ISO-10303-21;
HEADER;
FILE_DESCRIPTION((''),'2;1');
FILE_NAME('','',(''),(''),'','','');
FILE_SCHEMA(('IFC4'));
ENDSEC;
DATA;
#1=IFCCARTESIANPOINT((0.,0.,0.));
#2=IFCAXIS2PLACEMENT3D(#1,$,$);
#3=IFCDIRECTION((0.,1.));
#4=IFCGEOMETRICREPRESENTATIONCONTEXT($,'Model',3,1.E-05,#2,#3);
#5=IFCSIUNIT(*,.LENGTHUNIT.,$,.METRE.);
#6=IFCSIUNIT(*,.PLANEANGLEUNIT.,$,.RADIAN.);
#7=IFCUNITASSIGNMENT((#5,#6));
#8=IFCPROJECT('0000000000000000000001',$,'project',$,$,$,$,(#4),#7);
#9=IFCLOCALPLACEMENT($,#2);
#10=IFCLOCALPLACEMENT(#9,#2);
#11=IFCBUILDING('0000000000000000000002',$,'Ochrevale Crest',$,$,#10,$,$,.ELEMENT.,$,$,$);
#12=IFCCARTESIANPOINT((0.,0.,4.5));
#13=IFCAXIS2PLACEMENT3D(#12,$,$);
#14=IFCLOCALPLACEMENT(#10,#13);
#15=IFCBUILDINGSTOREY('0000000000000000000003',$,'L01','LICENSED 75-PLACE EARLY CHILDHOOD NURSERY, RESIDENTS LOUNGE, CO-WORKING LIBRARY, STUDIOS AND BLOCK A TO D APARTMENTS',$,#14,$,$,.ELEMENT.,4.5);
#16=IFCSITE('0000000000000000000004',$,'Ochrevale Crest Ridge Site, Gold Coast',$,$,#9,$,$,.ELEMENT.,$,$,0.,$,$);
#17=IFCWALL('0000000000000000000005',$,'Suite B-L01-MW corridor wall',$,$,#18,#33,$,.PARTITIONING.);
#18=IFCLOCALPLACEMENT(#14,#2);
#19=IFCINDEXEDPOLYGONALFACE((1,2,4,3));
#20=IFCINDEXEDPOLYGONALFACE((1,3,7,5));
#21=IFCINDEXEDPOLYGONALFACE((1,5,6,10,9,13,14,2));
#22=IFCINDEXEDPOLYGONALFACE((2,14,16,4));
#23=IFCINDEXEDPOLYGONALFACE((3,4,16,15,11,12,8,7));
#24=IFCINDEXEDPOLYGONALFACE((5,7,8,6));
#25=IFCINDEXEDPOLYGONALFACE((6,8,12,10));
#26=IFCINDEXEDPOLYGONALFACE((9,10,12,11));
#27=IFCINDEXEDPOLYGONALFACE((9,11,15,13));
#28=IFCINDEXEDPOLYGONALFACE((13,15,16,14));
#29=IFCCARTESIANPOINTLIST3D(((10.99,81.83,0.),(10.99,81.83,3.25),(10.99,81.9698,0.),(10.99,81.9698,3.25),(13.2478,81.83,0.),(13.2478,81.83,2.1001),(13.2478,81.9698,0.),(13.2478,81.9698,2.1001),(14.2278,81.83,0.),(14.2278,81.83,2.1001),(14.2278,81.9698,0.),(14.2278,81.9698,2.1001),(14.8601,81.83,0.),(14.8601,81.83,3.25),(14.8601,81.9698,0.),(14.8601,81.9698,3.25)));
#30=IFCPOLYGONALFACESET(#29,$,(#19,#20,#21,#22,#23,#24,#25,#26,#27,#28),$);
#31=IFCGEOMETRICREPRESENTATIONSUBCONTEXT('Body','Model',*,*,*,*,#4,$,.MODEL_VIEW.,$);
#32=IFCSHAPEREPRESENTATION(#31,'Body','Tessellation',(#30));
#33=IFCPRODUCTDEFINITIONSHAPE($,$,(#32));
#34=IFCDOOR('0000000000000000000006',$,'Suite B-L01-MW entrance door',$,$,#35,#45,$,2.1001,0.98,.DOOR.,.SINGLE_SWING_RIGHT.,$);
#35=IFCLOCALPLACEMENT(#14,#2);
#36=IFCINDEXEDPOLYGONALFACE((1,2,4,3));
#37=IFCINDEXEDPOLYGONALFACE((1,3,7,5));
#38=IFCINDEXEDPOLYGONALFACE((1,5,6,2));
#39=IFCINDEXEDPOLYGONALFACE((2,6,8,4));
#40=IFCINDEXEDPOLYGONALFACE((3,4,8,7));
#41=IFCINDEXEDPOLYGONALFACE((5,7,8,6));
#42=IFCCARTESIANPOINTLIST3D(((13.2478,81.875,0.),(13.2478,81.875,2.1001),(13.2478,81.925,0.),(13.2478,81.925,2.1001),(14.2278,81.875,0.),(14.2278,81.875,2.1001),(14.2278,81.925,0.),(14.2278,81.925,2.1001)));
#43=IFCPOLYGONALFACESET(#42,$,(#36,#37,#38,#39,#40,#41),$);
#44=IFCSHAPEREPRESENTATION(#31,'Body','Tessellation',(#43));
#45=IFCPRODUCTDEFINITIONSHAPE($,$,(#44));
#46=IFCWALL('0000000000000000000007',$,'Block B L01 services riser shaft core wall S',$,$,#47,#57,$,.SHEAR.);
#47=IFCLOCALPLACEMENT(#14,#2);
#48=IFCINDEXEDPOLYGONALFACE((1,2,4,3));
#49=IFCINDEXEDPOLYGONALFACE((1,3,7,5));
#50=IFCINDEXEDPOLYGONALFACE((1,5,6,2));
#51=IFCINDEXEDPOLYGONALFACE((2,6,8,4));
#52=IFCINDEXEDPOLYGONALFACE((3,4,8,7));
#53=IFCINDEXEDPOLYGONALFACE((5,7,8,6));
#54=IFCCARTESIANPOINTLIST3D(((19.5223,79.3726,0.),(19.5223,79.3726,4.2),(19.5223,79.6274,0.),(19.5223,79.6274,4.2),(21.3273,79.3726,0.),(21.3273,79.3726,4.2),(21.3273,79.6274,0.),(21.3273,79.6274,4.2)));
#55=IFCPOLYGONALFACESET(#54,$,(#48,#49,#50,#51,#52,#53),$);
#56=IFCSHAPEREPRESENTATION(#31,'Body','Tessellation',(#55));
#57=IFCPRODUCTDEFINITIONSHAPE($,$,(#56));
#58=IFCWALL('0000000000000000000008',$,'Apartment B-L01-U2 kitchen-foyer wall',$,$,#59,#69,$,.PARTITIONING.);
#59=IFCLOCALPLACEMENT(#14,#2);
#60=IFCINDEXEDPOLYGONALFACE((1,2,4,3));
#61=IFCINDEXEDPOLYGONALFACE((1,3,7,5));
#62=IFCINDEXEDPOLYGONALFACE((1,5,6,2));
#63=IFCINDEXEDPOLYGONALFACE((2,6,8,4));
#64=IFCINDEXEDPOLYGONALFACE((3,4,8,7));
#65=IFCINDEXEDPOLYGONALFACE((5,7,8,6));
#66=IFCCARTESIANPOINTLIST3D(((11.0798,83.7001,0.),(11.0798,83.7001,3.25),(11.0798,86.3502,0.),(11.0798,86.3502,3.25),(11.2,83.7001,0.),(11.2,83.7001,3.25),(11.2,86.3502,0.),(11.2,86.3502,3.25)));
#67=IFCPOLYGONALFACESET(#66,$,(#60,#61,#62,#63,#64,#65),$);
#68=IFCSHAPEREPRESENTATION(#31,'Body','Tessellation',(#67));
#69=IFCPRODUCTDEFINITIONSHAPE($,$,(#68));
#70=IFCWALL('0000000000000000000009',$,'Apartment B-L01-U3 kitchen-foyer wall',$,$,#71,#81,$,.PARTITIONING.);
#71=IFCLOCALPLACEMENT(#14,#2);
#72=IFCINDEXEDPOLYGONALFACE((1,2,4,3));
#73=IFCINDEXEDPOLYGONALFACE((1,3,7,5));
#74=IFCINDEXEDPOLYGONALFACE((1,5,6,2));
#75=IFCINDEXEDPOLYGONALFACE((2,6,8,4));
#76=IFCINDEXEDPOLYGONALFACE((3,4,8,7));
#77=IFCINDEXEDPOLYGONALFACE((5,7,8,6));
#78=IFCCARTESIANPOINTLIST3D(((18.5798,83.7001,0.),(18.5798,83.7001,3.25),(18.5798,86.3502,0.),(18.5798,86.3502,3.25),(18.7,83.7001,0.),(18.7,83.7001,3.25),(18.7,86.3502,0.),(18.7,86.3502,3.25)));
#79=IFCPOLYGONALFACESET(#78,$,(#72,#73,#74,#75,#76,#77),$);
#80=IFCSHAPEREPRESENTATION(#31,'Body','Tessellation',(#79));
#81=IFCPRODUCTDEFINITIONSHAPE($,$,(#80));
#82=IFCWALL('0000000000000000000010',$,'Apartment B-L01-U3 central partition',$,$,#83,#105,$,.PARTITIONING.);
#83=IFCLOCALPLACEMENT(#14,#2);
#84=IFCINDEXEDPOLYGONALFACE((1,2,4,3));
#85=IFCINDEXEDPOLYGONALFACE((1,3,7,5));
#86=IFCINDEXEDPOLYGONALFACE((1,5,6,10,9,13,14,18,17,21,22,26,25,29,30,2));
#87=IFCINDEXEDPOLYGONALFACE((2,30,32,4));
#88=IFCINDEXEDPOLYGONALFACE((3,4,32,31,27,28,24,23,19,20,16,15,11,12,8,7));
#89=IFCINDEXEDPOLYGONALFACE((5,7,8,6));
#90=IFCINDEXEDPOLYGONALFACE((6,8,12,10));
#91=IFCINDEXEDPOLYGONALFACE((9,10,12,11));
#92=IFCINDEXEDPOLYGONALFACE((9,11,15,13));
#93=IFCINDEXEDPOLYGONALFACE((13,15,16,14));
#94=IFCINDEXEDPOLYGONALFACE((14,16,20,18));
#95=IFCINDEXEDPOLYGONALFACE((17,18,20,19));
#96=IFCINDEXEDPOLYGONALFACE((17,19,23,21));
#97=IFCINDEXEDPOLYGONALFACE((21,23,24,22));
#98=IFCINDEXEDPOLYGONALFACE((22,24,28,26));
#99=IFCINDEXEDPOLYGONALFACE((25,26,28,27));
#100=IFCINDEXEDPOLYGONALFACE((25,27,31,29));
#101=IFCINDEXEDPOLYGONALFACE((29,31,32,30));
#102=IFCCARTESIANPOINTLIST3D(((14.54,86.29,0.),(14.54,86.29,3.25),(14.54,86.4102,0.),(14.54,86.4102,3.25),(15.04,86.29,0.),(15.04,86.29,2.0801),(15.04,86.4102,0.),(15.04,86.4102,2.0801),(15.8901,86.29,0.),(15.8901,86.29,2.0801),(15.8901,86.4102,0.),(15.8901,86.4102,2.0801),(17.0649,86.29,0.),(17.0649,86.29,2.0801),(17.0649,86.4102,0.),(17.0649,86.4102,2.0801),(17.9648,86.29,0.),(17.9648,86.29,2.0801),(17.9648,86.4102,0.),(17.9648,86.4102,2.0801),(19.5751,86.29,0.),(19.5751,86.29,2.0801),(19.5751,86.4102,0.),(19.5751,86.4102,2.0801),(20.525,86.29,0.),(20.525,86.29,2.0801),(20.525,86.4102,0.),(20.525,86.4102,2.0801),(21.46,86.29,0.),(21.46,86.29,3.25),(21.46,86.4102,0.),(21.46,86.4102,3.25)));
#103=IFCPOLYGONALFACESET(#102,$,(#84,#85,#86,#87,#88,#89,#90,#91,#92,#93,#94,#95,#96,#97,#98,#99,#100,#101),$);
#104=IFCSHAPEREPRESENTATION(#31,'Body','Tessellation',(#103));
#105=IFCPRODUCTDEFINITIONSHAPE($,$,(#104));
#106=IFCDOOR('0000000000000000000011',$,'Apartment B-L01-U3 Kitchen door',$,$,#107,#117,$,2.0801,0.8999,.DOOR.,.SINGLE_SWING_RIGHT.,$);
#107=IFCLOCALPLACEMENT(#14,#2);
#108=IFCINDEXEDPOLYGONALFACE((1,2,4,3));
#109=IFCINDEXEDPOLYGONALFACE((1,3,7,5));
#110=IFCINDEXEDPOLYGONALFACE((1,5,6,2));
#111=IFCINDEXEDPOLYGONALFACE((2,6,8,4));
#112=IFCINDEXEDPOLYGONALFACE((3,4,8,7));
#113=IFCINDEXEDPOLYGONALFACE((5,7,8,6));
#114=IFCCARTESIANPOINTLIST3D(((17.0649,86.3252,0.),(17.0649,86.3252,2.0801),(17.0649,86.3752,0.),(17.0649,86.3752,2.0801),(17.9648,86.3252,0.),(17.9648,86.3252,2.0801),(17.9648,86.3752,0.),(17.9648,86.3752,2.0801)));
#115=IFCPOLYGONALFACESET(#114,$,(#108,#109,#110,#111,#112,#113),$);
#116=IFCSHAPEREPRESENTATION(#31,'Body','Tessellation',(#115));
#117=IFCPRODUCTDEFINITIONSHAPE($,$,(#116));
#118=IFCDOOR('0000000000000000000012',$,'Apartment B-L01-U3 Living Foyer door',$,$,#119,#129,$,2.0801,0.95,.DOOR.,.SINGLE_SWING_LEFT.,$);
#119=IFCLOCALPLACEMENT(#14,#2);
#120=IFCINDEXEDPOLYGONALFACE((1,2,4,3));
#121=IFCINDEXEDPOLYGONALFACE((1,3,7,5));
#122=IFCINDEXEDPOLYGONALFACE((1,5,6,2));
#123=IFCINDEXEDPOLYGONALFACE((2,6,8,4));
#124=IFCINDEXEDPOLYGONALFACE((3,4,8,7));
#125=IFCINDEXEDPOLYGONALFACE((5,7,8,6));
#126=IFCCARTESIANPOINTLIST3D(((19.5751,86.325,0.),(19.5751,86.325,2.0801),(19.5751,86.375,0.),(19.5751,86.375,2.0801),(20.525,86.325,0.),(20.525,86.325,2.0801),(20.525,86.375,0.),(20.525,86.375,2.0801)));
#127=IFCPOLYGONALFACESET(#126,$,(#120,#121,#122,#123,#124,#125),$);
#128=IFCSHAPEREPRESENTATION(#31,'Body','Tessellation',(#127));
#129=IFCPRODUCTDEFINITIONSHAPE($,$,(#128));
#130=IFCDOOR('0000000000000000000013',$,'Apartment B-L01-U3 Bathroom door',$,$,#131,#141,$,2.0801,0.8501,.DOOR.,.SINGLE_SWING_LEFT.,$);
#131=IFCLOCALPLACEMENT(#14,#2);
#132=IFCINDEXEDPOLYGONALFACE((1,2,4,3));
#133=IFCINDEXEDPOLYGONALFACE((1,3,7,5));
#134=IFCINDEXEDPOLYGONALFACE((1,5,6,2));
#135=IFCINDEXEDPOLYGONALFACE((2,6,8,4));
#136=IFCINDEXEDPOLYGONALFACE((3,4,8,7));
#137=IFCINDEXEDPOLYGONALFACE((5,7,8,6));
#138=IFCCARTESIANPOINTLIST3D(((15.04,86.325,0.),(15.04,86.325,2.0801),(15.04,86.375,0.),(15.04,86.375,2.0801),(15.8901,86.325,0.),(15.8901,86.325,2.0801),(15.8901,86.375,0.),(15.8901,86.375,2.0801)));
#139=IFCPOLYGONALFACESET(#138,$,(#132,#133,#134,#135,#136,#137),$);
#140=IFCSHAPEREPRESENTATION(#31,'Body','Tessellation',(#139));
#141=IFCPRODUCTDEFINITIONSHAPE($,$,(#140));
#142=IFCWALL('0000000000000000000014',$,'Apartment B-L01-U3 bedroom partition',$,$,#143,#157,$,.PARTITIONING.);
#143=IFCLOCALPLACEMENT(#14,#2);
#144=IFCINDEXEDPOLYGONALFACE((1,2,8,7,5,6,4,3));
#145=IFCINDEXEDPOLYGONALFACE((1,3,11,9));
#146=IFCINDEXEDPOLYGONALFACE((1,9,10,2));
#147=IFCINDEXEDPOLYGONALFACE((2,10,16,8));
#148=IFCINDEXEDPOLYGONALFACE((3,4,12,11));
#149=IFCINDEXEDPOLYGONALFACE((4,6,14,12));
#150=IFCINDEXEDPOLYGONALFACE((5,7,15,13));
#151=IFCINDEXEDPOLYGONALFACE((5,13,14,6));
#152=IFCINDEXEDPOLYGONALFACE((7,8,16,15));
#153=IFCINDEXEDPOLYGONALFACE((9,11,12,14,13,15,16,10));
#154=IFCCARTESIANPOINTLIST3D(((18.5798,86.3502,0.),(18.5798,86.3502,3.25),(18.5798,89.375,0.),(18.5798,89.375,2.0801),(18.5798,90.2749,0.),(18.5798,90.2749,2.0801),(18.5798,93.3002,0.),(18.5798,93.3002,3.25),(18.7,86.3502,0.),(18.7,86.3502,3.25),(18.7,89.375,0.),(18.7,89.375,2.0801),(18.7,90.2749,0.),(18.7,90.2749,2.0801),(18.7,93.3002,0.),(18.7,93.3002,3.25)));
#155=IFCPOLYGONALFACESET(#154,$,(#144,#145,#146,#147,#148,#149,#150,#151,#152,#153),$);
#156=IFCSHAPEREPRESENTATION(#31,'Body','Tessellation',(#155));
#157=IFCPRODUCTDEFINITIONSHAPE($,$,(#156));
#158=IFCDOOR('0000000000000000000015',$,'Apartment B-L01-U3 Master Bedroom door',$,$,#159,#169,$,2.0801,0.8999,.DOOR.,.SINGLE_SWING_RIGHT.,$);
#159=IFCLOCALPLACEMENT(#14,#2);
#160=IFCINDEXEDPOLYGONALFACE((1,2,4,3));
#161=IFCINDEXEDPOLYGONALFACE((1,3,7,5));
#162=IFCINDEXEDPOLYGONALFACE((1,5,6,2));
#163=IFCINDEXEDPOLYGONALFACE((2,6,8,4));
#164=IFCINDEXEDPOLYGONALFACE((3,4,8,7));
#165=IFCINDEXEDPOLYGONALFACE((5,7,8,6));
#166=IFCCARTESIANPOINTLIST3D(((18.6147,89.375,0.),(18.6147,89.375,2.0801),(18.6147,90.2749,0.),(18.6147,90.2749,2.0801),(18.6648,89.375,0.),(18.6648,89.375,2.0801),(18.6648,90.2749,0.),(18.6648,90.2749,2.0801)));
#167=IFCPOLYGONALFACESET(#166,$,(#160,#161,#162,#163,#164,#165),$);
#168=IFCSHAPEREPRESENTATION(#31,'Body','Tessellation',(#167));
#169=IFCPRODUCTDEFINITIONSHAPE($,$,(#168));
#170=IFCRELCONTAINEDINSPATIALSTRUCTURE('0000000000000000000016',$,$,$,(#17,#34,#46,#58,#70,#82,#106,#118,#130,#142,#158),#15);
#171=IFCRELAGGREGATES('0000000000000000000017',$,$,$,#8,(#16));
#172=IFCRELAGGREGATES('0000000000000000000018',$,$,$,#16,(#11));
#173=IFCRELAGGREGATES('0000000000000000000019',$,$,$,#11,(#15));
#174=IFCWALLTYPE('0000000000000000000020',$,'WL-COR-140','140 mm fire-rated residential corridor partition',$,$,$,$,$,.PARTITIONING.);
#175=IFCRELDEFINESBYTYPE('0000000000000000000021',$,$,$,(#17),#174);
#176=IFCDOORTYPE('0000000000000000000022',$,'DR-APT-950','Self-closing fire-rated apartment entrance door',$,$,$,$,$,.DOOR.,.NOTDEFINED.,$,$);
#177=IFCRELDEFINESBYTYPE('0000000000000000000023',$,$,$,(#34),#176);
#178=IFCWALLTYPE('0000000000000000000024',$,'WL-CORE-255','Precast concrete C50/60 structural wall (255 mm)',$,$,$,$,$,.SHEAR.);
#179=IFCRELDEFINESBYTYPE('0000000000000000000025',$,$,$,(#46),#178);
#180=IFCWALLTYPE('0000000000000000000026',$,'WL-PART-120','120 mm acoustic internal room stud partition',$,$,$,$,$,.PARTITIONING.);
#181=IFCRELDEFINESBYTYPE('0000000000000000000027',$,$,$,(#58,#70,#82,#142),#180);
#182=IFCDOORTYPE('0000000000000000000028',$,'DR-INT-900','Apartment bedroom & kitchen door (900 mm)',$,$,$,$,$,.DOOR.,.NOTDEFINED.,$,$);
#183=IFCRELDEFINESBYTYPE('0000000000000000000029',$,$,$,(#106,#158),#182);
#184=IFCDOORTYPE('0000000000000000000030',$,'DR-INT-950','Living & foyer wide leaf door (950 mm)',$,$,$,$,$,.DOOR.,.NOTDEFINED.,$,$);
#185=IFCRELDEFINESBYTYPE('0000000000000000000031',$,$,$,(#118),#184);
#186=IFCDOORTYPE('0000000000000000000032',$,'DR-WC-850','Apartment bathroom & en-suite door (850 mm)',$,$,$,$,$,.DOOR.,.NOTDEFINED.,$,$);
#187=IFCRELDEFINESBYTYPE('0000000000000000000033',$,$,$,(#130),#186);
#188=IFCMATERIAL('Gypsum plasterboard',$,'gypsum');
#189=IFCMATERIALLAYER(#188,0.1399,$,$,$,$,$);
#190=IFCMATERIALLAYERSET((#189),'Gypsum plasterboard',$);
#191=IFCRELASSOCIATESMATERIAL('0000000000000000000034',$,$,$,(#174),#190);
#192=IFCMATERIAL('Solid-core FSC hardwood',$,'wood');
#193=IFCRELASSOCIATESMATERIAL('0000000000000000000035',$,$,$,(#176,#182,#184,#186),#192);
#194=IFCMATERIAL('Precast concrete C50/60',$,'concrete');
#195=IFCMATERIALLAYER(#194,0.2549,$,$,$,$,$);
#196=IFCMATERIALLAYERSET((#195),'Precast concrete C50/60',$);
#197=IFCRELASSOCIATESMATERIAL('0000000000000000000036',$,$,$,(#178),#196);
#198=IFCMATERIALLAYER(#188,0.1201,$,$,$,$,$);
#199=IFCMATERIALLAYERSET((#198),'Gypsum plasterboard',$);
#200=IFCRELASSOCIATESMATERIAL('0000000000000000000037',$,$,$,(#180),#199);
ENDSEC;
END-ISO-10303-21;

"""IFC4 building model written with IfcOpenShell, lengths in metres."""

from ifc_helpers import new_model, si_unit, direction, frame, frame_2d, origin, place, context, subcontext, project, spatial, rectangle, extrude, material, layer, layer_set, type_object, element, fill, save


model = new_model("IFC4")

# Units and contexts
model_context = context("Model", 3, precision=1e-05, world=origin(), true_north=direction((0.0, 1.0)))
body_context = subcontext(model_context, "Body", "Model", "MODEL_VIEW")
ifc_project = project(units=[si_unit("LENGTHUNIT", "METRE"), si_unit("PLANEANGLEUNIT", "RADIAN")], contexts=[model_context])

# Site, building, storey
site_placement = place(None, origin())
site = spatial("IfcSite", under=ifc_project, at=site_placement, Name="Ochrevale Crest Ridge Site, Gold Coast", CompositionType="ELEMENT", RefElevation=0.0)
building_placement = place(site_placement, origin())
building = spatial("IfcBuilding", under=site, at=building_placement, Name="Ochrevale Crest", CompositionType="ELEMENT")
storey_placement = place(building_placement, frame((0.0, 0.0, 4.5)))
storey = spatial("IfcBuildingStorey", under=building, at=storey_placement, Name="L01", Description="LICENSED 75-PLACE EARLY CHILDHOOD NURSERY, RESIDENTS LOUNGE, CO-WORKING LIBRARY, STUDIOS AND BLOCK A TO D APARTMENTS", CompositionType="ELEMENT", Elevation=4.5)

# Shared definitions
ifc_material_1 = material(Name="Precast concrete C50/60", Category="concrete")

# Wall, opening, door
ifc_material_2 = material(Name="Gypsum plasterboard", Category="gypsum")
ifc_layer_1 = layer(ifc_material_2, 0.1399)
ifc_layer_set_1 = layer_set([ifc_layer_1], Name="Gypsum plasterboard")
wall_type_1 = type_object("IfcWallType", Name="WL-COR-140", Description="140 mm fire-rated residential corridor partition", PredefinedType="PARTITIONING", material=ifc_layer_set_1)
ifc_material_3 = material(Name="Solid-core FSC hardwood", Category="wood")
door_type_1 = type_object("IfcDoorType", Name="DR-APT-950", Description="Self-closing fire-rated apartment entrance door", OperationType="NOTDEFINED", PredefinedType="DOOR", material=ifc_material_3)
wall_1_placement = place(storey_placement, frame((10.99, 81.8999, 0.0), z_axis=(0.0, 0.0, 1.0), x_axis=(1.0, 0.0, 0.0)))
wall_1 = element("IfcWall", 1, at=wall_1_placement, inside=storey, type_object=wall_type_1, Name="Suite B-L01-MW corridor wall", PredefinedType="PARTITIONING", context=body_context, shape_type="SweptSolid", body=[
    extrude(rectangle(XDim=3.8701, YDim=0.1399, at=frame_2d((1.9351, 0.0))), origin(), (0.0, 0.0, 1.0), 3.25),
])
opening_1_placement = place(wall_1_placement, frame((3.2378, 0.0, 0.0), z_axis=(0.0, 0.0, 1.0), x_axis=(-1.0, 0.0, 0.0)))
opening_1 = element("IfcOpeningElement", 2, at=opening_1_placement, cuts=wall_1, PredefinedType="OPENING", context=body_context, shape_type="SweptSolid", body=[
    extrude(rectangle(XDim=0.98, YDim=2.1001, at=frame_2d((0.49, 1.05))), frame((0.0, 0.0801, 0.0), z_axis=(0.0, -1.0, 0.0), x_axis=(1.0, 0.0, 0.0)), (0.0, 0.0, 1.0), 0.1599),
])
door_1_placement = place(opening_1_placement, origin())
door_1 = element("IfcDoor", 3, at=door_1_placement, inside=storey, type_object=door_type_1, Name="Suite B-L01-MW entrance door", OperationType="SINGLE_SWING_RIGHT", OverallHeight=2.1001, OverallWidth=0.98, PredefinedType="DOOR", context=body_context, shape_type="SweptSolid", body=[
    extrude(rectangle(XDim=0.98, YDim=2.1001, at=frame_2d((0.49, 1.05))), frame((0.0, 0.0249, 0.0), z_axis=(0.0, -1.0, 0.0), x_axis=(1.0, 0.0, 0.0)), (0.0, 0.0, 1.0), 0.05),
])
fill(opening_1, door_1)
ifc_layer_2 = layer(ifc_material_1, 0.2549)
ifc_layer_set_2 = layer_set([ifc_layer_2], Name="Precast concrete C50/60")
wall_type_2 = type_object("IfcWallType", Name="WL-CORE-255", Description="Precast concrete C50/60 structural wall (255 mm)", PredefinedType="SHEAR", material=ifc_layer_set_2)

# Walls
wall_2_placement = place(storey_placement, frame((19.5225, 79.5, 0.0), z_axis=(0.0, 0.0, 1.0), x_axis=(1.0, 0.0, 0.0)))
element("IfcWall", 4, at=wall_2_placement, inside=storey, type_object=wall_type_2, Name="Block B L01 services riser shaft core wall S", PredefinedType="SHEAR", context=body_context, shape_type="SweptSolid", body=[
    extrude(rectangle(XDim=1.8049, YDim=0.2549, at=frame_2d((0.9023, 0.0))), origin(), (0.0, 0.0, 1.0), 4.2),
])
ifc_layer_3 = layer(ifc_material_2, 0.1201)
ifc_layer_set_3 = layer_set([ifc_layer_3], Name="Gypsum plasterboard")
wall_type_3 = type_object("IfcWallType", Name="WL-PART-120", Description="120 mm acoustic internal room stud partition", PredefinedType="PARTITIONING", material=ifc_layer_set_3)
for number, where, z_axis, x_axis, name in (
    (5, (11.1399, 83.7, 0.0), (0.0, 0.0, 1.0), (0.0, 1.0, 0.0), "Apartment B-L01-U2 kitchen-foyer wall"),
    (6, (18.6399, 83.7, 0.0), (0.0, 0.0, 1.0), (0.0, 1.0, 0.0), "Apartment B-L01-U3 kitchen-foyer wall"),
):
    element("IfcWall", number, at=place(storey_placement, frame(where, z_axis=z_axis, x_axis=x_axis)), inside=storey, type_object=wall_type_3, Name=name, PredefinedType="PARTITIONING", context=body_context, shape_type="SweptSolid", body=[
        extrude(rectangle(XDim=2.6501, YDim=0.1201, at=frame_2d((1.3252, 0.0))), origin(), (0.0, 0.0, 1.0), 3.25),
    ])

# Wall, openings, doors
wall_3_placement = place(storey_placement, frame((14.54, 86.3501, 0.0), z_axis=(0.0, 0.0, 1.0), x_axis=(1.0, 0.0, 0.0)))
wall_3 = element("IfcWall", 7, at=wall_3_placement, inside=storey, type_object=wall_type_3, Name="Apartment B-L01-U3 central partition", PredefinedType="PARTITIONING", context=body_context, shape_type="SweptSolid", body=[
    extrude(rectangle(XDim=6.9199, YDim=0.1201, at=frame_2d((3.46, 0.0))), origin(), (0.0, 0.0, 1.0), 3.25),
])
opening_2_placement = place(wall_3_placement, frame((0.5, 0.0, 0.0)))
opening_2 = element("IfcOpeningElement", 8, at=opening_2_placement, cuts=wall_3, PredefinedType="OPENING", context=body_context, shape_type="SweptSolid", body=[
    extrude(rectangle(XDim=0.8501, YDim=2.0801, at=frame_2d((0.425, 1.04))), frame((0.0, 0.0701, 0.0), z_axis=(0.0, -1.0, 0.0), x_axis=(1.0, 0.0, 0.0)), (0.0, 0.0, 1.0), 0.1401),
])
opening_3_placement = place(wall_3_placement, frame((3.4248, 0.0, 0.0), z_axis=(0.0, 0.0, 1.0), x_axis=(-1.0, 0.0, 0.0)))
opening_3 = element("IfcOpeningElement", 9, at=opening_3_placement, cuts=wall_3, PredefinedType="OPENING", context=body_context, shape_type="SweptSolid", body=[
    extrude(rectangle(XDim=0.8999, YDim=2.0801, at=frame_2d((0.45, 1.04))), frame((0.0, 0.0701, 0.0), z_axis=(0.0, -1.0, 0.0), x_axis=(1.0, 0.0, 0.0)), (0.0, 0.0, 1.0), 0.1401),
])
opening_4_placement = place(wall_3_placement, frame((5.0349, 0.0, 0.0)))
opening_4 = element("IfcOpeningElement", 10, at=opening_4_placement, cuts=wall_3, PredefinedType="OPENING", context=body_context, shape_type="SweptSolid", body=[
    extrude(rectangle(XDim=0.95, YDim=2.0801, at=frame_2d((0.4751, 1.04))), frame((0.0, 0.0701, 0.0), z_axis=(0.0, -1.0, 0.0), x_axis=(1.0, 0.0, 0.0)), (0.0, 0.0, 1.0), 0.1401),
])
door_type_2 = type_object("IfcDoorType", Name="DR-INT-900", Description="Apartment bedroom & kitchen door (900 mm)", OperationType="NOTDEFINED", PredefinedType="DOOR", material=ifc_material_3)
door_2_placement = place(opening_3_placement, origin())
door_2 = element("IfcDoor", 11, at=door_2_placement, inside=storey, type_object=door_type_2, Name="Apartment B-L01-U3 Kitchen door", OperationType="SINGLE_SWING_RIGHT", OverallHeight=2.0801, OverallWidth=0.8999, PredefinedType="DOOR", context=body_context, shape_type="SweptSolid", body=[
    extrude(rectangle(XDim=0.8999, YDim=2.0801, at=frame_2d((0.45, 1.04))), frame((0.0, 0.0249, 0.0), z_axis=(0.0, -1.0, 0.0), x_axis=(1.0, 0.0, 0.0)), (0.0, 0.0, 1.0), 0.05),
])
fill(opening_3, door_2)
door_type_3 = type_object("IfcDoorType", Name="DR-INT-950", Description="Living & foyer wide leaf door (950 mm)", OperationType="NOTDEFINED", PredefinedType="DOOR", material=ifc_material_3)
door_3_placement = place(opening_4_placement, origin())
door_3 = element("IfcDoor", 12, at=door_3_placement, inside=storey, type_object=door_type_3, Name="Apartment B-L01-U3 Living Foyer door", OperationType="SINGLE_SWING_LEFT", OverallHeight=2.0801, OverallWidth=0.95, PredefinedType="DOOR", context=body_context, shape_type="SweptSolid", body=[
    extrude(rectangle(XDim=0.95, YDim=2.0801, at=frame_2d((0.4751, 1.04))), frame((0.0, 0.0249, 0.0), z_axis=(0.0, -1.0, 0.0), x_axis=(1.0, 0.0, 0.0)), (0.0, 0.0, 1.0), 0.05),
])
fill(opening_4, door_3)
door_type_4 = type_object("IfcDoorType", Name="DR-WC-850", Description="Apartment bathroom & en-suite door (850 mm)", OperationType="NOTDEFINED", PredefinedType="DOOR", material=ifc_material_3)
door_4_placement = place(opening_2_placement, origin())
door_4 = element("IfcDoor", 13, at=door_4_placement, inside=storey, type_object=door_type_4, Name="Apartment B-L01-U3 Bathroom door", OperationType="SINGLE_SWING_LEFT", OverallHeight=2.0801, OverallWidth=0.8501, PredefinedType="DOOR", context=body_context, shape_type="SweptSolid", body=[
    extrude(rectangle(XDim=0.8501, YDim=2.0801, at=frame_2d((0.425, 1.04))), frame((0.0, 0.0249, 0.0), z_axis=(0.0, -1.0, 0.0), x_axis=(1.0, 0.0, 0.0)), (0.0, 0.0, 1.0), 0.05),
])
fill(opening_2, door_4)

# Wall, opening, door
wall_4_placement = place(storey_placement, frame((18.6399, 86.3501, 0.0), z_axis=(0.0, 0.0, 1.0), x_axis=(0.0, 1.0, 0.0)))
wall_4 = element("IfcWall", 14, at=wall_4_placement, inside=storey, type_object=wall_type_3, Name="Apartment B-L01-U3 bedroom partition", PredefinedType="PARTITIONING", context=body_context, shape_type="SweptSolid", body=[
    extrude(rectangle(XDim=6.95, YDim=0.1201, at=frame_2d((3.4751, 0.0))), origin(), (0.0, 0.0, 1.0), 3.25),
])
opening_5_placement = place(wall_4_placement, frame((3.9248, 0.0, 0.0), z_axis=(0.0, 0.0, 1.0), x_axis=(-1.0, 0.0, 0.0)))
opening_5 = element("IfcOpeningElement", 15, at=opening_5_placement, cuts=wall_4, PredefinedType="OPENING", context=body_context, shape_type="SweptSolid", body=[
    extrude(rectangle(XDim=0.8999, YDim=2.0801, at=frame_2d((0.45, 1.04))), frame((0.0, 0.0701, 0.0), z_axis=(0.0, -1.0, 0.0), x_axis=(1.0, 0.0, 0.0)), (0.0, 0.0, 1.0), 0.1401),
])
door_5_placement = place(opening_5_placement, origin())
door_5 = element("IfcDoor", 16, at=door_5_placement, inside=storey, type_object=door_type_2, Name="Apartment B-L01-U3 Master Bedroom door", OperationType="SINGLE_SWING_RIGHT", OverallHeight=2.0801, OverallWidth=0.8999, PredefinedType="DOOR", context=body_context, shape_type="SweptSolid", body=[
    extrude(rectangle(XDim=0.8999, YDim=2.0801, at=frame_2d((0.45, 1.04))), frame((0.0, 0.0249, 0.0), z_axis=(0.0, -1.0, 0.0), x_axis=(1.0, 0.0, 0.0)), (0.0, 0.0, 1.0), 0.05),
])
fill(opening_5, door_5)

save(model, "model.ifc")
